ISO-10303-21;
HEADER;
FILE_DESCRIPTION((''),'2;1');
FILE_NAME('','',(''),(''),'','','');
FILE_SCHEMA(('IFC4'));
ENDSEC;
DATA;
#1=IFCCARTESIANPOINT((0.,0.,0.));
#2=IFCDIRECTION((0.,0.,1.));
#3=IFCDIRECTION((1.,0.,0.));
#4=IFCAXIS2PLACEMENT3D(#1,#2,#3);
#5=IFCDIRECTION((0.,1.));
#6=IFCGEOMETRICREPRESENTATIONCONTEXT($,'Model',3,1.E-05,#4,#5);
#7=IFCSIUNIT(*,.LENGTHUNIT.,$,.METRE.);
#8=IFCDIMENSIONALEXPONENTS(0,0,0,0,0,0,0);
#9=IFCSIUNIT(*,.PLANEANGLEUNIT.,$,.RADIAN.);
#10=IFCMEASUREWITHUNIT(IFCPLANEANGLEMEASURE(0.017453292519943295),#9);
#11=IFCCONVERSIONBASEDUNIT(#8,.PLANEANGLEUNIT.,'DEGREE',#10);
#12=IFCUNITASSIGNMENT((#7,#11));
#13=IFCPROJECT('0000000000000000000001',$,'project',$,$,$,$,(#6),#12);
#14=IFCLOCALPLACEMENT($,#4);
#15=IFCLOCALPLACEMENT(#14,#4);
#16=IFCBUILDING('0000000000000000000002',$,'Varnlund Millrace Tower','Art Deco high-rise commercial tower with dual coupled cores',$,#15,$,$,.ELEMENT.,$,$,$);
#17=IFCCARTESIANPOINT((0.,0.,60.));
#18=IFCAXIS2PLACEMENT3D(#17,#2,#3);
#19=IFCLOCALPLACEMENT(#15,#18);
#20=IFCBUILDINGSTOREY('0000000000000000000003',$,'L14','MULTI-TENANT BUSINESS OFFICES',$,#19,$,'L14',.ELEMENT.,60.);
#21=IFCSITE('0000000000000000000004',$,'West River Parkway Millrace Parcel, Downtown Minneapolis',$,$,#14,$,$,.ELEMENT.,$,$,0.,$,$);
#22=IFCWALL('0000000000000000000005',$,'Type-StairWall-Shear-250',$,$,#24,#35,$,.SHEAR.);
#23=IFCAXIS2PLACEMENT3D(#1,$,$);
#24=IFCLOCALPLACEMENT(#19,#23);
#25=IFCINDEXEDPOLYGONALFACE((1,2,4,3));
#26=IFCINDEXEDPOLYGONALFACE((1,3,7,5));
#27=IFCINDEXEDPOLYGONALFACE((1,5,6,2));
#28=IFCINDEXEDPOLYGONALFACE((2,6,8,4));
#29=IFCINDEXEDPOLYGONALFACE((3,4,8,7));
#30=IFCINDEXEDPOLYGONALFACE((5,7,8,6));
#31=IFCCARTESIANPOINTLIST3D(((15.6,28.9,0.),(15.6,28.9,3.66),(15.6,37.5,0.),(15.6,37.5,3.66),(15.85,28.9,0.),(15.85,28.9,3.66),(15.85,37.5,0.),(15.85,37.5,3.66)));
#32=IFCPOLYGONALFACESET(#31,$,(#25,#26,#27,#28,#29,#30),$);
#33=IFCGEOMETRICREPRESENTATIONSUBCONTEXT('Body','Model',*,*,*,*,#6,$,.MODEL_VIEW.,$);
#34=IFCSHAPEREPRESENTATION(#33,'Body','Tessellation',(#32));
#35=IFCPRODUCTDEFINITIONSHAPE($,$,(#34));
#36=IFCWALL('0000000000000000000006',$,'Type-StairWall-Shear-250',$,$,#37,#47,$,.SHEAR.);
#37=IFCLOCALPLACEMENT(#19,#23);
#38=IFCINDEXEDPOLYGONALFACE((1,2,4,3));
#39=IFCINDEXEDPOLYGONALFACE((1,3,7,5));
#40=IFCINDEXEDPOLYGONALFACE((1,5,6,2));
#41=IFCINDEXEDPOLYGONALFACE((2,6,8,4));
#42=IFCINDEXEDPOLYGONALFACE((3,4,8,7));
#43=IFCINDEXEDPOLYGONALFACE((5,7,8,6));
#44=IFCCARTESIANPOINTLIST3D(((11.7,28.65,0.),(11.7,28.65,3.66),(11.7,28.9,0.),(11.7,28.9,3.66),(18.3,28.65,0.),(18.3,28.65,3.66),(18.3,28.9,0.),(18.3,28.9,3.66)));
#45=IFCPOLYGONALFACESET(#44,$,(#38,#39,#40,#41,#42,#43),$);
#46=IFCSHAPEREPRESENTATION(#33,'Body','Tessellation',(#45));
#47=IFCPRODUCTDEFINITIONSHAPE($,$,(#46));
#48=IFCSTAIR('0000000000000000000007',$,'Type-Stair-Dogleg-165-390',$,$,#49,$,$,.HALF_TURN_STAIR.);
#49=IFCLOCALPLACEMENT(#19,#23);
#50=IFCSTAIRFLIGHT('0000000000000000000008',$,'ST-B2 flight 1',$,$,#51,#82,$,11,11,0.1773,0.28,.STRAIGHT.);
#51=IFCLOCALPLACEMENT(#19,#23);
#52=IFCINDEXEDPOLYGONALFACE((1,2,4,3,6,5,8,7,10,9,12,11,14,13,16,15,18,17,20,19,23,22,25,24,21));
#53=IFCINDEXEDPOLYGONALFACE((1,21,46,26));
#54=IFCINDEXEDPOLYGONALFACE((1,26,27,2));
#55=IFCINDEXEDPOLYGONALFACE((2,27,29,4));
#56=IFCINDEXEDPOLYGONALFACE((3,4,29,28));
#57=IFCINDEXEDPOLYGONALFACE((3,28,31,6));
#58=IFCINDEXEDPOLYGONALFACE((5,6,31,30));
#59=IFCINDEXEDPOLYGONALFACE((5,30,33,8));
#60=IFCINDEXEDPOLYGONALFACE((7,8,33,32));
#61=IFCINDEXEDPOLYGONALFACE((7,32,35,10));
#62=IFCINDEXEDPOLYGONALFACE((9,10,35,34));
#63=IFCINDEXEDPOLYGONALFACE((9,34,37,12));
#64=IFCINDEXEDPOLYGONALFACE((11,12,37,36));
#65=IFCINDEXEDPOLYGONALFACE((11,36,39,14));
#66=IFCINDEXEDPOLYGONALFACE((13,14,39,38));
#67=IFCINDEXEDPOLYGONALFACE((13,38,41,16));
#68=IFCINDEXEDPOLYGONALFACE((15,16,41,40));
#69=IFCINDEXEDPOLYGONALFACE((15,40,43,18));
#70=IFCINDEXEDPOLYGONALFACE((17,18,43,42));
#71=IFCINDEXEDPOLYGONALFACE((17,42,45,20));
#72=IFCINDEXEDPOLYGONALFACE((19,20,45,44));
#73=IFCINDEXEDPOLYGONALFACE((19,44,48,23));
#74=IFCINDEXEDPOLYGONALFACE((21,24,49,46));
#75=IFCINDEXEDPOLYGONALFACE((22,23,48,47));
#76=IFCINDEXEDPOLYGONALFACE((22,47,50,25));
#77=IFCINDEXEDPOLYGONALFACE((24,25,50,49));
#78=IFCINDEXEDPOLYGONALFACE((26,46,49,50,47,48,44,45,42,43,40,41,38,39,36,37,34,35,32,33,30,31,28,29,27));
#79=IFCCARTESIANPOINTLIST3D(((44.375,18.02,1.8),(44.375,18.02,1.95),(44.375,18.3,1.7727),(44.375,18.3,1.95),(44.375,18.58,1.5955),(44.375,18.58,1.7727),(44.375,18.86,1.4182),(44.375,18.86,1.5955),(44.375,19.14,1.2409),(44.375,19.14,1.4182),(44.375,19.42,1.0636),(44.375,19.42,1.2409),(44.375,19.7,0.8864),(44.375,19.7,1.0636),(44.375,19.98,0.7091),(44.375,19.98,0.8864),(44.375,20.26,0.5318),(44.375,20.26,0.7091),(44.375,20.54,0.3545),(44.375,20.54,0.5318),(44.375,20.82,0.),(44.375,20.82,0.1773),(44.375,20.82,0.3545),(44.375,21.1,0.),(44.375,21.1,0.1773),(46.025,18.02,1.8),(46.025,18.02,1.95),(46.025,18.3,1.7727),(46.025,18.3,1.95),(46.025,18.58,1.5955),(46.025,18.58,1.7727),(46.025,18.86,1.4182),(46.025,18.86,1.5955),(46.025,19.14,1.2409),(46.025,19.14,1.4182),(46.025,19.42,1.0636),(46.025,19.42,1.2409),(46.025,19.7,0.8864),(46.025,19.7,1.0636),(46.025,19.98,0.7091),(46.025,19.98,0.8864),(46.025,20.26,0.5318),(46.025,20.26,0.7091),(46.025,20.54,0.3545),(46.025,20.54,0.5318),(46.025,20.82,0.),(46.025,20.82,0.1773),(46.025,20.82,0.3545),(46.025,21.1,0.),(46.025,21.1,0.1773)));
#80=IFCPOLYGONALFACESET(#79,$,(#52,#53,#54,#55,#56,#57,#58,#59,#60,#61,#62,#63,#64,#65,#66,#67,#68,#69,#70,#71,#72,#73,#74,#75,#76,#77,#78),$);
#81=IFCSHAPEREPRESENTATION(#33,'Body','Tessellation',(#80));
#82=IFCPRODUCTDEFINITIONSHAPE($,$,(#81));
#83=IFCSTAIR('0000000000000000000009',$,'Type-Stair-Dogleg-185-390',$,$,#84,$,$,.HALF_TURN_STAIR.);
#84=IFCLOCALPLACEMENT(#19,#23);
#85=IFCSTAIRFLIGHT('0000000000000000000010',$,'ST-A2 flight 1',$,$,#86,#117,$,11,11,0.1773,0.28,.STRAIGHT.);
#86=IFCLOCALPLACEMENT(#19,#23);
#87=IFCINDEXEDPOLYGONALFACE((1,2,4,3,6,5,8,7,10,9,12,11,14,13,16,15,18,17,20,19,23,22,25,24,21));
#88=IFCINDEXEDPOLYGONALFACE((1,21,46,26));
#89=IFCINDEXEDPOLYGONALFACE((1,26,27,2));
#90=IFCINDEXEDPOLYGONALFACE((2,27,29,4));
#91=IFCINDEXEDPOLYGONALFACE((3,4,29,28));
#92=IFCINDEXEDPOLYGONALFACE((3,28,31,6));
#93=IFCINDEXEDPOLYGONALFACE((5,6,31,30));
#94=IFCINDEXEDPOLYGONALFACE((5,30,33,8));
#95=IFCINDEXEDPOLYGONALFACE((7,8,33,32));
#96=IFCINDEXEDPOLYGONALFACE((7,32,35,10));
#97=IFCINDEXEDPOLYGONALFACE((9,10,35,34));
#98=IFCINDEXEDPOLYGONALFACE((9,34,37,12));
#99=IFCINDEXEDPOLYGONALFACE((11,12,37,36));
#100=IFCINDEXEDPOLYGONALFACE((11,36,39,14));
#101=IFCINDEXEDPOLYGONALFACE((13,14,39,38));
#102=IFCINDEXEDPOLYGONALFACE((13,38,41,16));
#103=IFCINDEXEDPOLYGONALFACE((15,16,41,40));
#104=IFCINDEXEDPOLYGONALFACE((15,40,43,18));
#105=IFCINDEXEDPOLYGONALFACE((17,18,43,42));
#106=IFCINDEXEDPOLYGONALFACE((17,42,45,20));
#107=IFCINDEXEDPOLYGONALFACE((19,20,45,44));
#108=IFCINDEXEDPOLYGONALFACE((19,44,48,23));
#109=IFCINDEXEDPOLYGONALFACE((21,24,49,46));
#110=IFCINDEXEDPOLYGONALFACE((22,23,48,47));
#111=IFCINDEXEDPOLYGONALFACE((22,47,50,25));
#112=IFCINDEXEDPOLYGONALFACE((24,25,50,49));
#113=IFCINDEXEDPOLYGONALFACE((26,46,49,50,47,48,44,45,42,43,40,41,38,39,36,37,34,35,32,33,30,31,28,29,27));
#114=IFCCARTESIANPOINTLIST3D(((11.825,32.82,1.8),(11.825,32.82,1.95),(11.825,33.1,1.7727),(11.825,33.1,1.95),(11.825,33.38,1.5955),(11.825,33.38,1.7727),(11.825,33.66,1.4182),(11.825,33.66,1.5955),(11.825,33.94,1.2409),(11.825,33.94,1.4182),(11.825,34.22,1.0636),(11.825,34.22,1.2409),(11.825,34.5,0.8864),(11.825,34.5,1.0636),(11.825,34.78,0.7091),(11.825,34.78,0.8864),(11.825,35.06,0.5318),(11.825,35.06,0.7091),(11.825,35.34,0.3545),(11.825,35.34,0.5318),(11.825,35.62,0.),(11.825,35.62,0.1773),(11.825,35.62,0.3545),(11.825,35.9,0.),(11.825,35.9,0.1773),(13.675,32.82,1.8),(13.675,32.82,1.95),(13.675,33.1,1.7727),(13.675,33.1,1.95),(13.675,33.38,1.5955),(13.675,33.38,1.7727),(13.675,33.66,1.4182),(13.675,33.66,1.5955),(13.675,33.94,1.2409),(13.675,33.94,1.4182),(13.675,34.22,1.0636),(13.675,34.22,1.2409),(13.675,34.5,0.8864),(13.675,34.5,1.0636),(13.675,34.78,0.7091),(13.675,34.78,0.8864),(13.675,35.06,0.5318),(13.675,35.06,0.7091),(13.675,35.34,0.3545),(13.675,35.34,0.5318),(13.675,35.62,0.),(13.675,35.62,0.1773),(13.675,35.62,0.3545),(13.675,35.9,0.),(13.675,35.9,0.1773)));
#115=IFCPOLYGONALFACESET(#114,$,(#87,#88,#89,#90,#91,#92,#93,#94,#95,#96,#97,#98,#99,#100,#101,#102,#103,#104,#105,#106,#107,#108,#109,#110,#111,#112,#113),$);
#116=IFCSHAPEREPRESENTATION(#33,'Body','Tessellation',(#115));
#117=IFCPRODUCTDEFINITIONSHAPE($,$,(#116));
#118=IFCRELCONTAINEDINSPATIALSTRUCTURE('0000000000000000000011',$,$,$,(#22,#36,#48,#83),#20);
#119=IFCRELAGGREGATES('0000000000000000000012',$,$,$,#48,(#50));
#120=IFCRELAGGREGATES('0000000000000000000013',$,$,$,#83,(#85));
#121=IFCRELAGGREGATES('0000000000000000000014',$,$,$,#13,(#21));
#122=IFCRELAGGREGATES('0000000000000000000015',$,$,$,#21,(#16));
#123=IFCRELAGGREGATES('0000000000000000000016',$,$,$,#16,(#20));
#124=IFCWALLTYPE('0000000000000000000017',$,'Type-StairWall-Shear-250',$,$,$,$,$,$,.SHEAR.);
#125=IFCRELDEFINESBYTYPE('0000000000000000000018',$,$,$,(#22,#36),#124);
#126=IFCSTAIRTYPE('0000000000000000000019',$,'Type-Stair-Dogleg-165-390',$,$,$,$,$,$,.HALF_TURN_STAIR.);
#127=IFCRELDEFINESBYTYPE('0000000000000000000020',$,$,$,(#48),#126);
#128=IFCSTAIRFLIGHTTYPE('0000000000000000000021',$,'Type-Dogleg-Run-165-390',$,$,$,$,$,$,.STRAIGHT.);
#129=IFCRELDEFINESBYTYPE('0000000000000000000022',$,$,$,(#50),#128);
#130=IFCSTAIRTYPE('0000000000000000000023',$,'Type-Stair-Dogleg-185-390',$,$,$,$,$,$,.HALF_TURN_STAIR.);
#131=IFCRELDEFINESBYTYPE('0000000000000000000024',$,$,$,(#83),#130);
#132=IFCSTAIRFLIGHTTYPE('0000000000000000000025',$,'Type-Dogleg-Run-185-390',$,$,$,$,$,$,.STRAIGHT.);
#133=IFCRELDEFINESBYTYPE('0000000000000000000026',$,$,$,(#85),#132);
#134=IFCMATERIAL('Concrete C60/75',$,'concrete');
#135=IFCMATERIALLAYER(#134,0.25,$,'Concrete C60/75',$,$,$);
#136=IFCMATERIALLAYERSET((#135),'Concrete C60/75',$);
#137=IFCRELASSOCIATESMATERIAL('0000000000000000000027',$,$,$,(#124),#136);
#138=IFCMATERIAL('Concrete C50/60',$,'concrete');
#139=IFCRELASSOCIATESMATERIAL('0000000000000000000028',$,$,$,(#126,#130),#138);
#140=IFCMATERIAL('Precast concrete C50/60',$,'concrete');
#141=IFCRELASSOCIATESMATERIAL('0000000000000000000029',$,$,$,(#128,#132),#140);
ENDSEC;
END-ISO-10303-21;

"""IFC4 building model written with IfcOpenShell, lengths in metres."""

from ifc_helpers import new_model, entity, si_unit, converted_unit, direction, frame, origin_with_axes, place, context, subcontext, project, spatial, polyline, outline, extrude, material, layer, layer_set, type_object, element, aggregate, save


model = new_model("IFC4")

# Units and contexts
model_context = context("Model", 3, precision=1e-05, world=origin_with_axes(), true_north=direction((0.0, 1.0)))
body_context = subcontext(model_context, "Body", "Model", "MODEL_VIEW")
ifc_project = project(units=[si_unit("LENGTHUNIT", "METRE"), converted_unit("PLANEANGLEUNIT", "DEGREE", entity("IfcPlaneAngleMeasure", 0.017453292519943295), si_unit("PLANEANGLEUNIT", "RADIAN"), dimensions=[0, 0, 0, 0, 0, 0, 0])], contexts=[model_context])

# Site, building, storey
site_placement = place(None, origin_with_axes())
site = spatial("IfcSite", under=ifc_project, at=site_placement, Name="West River Parkway Millrace Parcel, Downtown Minneapolis", CompositionType="ELEMENT", RefElevation=0.0)
building_placement = place(site_placement, origin_with_axes())
building = spatial("IfcBuilding", under=site, at=building_placement, Name="Varnlund Millrace Tower", Description="Art Deco high-rise commercial tower with dual coupled cores", CompositionType="ELEMENT")
storey_placement = place(building_placement, frame((0.0, 0.0, 60.0), z_axis=(0.0, 0.0, 1.0), x_axis=(1.0, 0.0, 0.0)))
storey = spatial("IfcBuildingStorey", under=building, at=storey_placement, Name="L14", Description="MULTI-TENANT BUSINESS OFFICES", LongName="L14", CompositionType="ELEMENT", Elevation=60.0)

# Shared definitions
ifc_material_1 = material(Name="Concrete C60/75", Category="concrete")
ifc_layer_1 = layer(ifc_material_1, 0.25, Name="Concrete C60/75")
ifc_layer_set_1 = layer_set([ifc_layer_1], Name="Concrete C60/75")

# Walls
wall_type_1 = type_object("IfcWallType", Name="Type-StairWall-Shear-250", PredefinedType="SHEAR", material=ifc_layer_set_1)
wall_1_placement = place(storey_placement, frame((15.725, 28.9, 0.0), z_axis=(0.0, 0.0, 1.0), x_axis=(0.0, 1.0, 0.0)))
element("IfcWall", 1, at=wall_1_placement, inside=storey, type_object=wall_type_1, Name="Type-StairWall-Shear-250", PredefinedType="SHEAR", context=body_context, shape_type="SweptSolid", body=[
    extrude(outline(polyline([(0.0, -0.125), (8.6, -0.125), (8.6, 0.125), (0.0, 0.125), (0.0, -0.125)])), origin_with_axes(), (0.0, 0.0, 1.0), 3.66),
])
wall_2_placement = place(storey_placement, frame((11.7, 28.775, 0.0), z_axis=(0.0, 0.0, 1.0), x_axis=(1.0, 0.0, 0.0)))
element("IfcWall", 2, at=wall_2_placement, inside=storey, type_object=wall_type_1, Name="Type-StairWall-Shear-250", PredefinedType="SHEAR", context=body_context, shape_type="SweptSolid", body=[
    extrude(outline(polyline([(0.0, -0.125), (6.6, -0.125), (6.6, 0.125), (0.0, 0.125), (0.0, -0.125)])), origin_with_axes(), (0.0, 0.0, 1.0), 3.66),
])

# Stairs, stair flights
ifc_material_2 = material(Name="Concrete C50/60", Category="concrete")
stair_type_1 = type_object("IfcStairType", Name="Type-Stair-Dogleg-165-390", PredefinedType="HALF_TURN_STAIR", material=ifc_material_2)
stair_1_placement = place(storey_placement, origin_with_axes())
stair_1 = element("IfcStair", 3, at=stair_1_placement, inside=storey, type_object=stair_type_1, Name="Type-Stair-Dogleg-165-390", PredefinedType="HALF_TURN_STAIR")
ifc_material_3 = material(Name="Precast concrete C50/60", Category="concrete")
stair_flight_type_1 = type_object("IfcStairFlightType", Name="Type-Dogleg-Run-165-390", PredefinedType="STRAIGHT", material=ifc_material_3)
stair_flight_1_placement = place(storey_placement, frame((46.025, 21.1, 0.0), z_axis=(-1.0, 0.0, 0.0), x_axis=(0.0, -1.0, 0.0)))
stair_flight_1 = element("IfcStairFlight", 4, at=stair_flight_1_placement, type_object=stair_flight_type_1, Name="ST-B2 flight 1", NumberOfRisers=11, NumberOfTreads=11, PredefinedType="STRAIGHT", RiserHeight=0.1773, TreadLength=0.28, context=body_context, shape_type="SweptSolid", body=[
    extrude(outline(polyline([(0.0, 0.0), (0.0, 0.1773), (0.28, 0.1773), (0.28, 0.3545), (0.56, 0.3545), (0.56, 0.5318), (0.84, 0.5318), (0.84, 0.7091), (1.12, 0.7091), (1.12, 0.8864), (1.4, 0.8864), (1.4, 1.0636), (1.68, 1.0636), (1.68, 1.2409), (1.96, 1.2409), (1.96, 1.4182), (2.24, 1.4182), (2.24, 1.5955), (2.52, 1.5955), (2.52, 1.7727), (2.8, 1.7727), (2.8, 1.95), (3.08, 1.95), (3.08, 1.8), (0.28, 0.0), (0.0, 0.0)])), origin_with_axes(), (0.0, 0.0, 1.0), 1.65),
])
aggregate(stair_1, [stair_flight_1])
stair_type_2 = type_object("IfcStairType", Name="Type-Stair-Dogleg-185-390", PredefinedType="HALF_TURN_STAIR", material=ifc_material_2)
stair_2_placement = place(storey_placement, origin_with_axes())
stair_2 = element("IfcStair", 5, at=stair_2_placement, inside=storey, type_object=stair_type_2, Name="Type-Stair-Dogleg-185-390", PredefinedType="HALF_TURN_STAIR")
stair_flight_type_2 = type_object("IfcStairFlightType", Name="Type-Dogleg-Run-185-390", PredefinedType="STRAIGHT", material=ifc_material_3)
stair_flight_2_placement = place(storey_placement, frame((13.675, 35.9, 0.0), z_axis=(-1.0, 0.0, 0.0), x_axis=(0.0, -1.0, 0.0)))
stair_flight_2 = element("IfcStairFlight", 6, at=stair_flight_2_placement, type_object=stair_flight_type_2, Name="ST-A2 flight 1", NumberOfRisers=11, NumberOfTreads=11, PredefinedType="STRAIGHT", RiserHeight=0.1773, TreadLength=0.28, context=body_context, shape_type="SweptSolid", body=[
    extrude(outline(polyline([(0.0, 0.0), (0.0, 0.1773), (0.28, 0.1773), (0.28, 0.3545), (0.56, 0.3545), (0.56, 0.5318), (0.84, 0.5318), (0.84, 0.7091), (1.12, 0.7091), (1.12, 0.8864), (1.4, 0.8864), (1.4, 1.0636), (1.68, 1.0636), (1.68, 1.2409), (1.96, 1.2409), (1.96, 1.4182), (2.24, 1.4182), (2.24, 1.5955), (2.52, 1.5955), (2.52, 1.7727), (2.8, 1.7727), (2.8, 1.95), (3.08, 1.95), (3.08, 1.8), (0.28, 0.0), (0.0, 0.0)])), origin_with_axes(), (0.0, 0.0, 1.0), 1.85),
])
aggregate(stair_2, [stair_flight_2])

save(model, "model.ifc")
